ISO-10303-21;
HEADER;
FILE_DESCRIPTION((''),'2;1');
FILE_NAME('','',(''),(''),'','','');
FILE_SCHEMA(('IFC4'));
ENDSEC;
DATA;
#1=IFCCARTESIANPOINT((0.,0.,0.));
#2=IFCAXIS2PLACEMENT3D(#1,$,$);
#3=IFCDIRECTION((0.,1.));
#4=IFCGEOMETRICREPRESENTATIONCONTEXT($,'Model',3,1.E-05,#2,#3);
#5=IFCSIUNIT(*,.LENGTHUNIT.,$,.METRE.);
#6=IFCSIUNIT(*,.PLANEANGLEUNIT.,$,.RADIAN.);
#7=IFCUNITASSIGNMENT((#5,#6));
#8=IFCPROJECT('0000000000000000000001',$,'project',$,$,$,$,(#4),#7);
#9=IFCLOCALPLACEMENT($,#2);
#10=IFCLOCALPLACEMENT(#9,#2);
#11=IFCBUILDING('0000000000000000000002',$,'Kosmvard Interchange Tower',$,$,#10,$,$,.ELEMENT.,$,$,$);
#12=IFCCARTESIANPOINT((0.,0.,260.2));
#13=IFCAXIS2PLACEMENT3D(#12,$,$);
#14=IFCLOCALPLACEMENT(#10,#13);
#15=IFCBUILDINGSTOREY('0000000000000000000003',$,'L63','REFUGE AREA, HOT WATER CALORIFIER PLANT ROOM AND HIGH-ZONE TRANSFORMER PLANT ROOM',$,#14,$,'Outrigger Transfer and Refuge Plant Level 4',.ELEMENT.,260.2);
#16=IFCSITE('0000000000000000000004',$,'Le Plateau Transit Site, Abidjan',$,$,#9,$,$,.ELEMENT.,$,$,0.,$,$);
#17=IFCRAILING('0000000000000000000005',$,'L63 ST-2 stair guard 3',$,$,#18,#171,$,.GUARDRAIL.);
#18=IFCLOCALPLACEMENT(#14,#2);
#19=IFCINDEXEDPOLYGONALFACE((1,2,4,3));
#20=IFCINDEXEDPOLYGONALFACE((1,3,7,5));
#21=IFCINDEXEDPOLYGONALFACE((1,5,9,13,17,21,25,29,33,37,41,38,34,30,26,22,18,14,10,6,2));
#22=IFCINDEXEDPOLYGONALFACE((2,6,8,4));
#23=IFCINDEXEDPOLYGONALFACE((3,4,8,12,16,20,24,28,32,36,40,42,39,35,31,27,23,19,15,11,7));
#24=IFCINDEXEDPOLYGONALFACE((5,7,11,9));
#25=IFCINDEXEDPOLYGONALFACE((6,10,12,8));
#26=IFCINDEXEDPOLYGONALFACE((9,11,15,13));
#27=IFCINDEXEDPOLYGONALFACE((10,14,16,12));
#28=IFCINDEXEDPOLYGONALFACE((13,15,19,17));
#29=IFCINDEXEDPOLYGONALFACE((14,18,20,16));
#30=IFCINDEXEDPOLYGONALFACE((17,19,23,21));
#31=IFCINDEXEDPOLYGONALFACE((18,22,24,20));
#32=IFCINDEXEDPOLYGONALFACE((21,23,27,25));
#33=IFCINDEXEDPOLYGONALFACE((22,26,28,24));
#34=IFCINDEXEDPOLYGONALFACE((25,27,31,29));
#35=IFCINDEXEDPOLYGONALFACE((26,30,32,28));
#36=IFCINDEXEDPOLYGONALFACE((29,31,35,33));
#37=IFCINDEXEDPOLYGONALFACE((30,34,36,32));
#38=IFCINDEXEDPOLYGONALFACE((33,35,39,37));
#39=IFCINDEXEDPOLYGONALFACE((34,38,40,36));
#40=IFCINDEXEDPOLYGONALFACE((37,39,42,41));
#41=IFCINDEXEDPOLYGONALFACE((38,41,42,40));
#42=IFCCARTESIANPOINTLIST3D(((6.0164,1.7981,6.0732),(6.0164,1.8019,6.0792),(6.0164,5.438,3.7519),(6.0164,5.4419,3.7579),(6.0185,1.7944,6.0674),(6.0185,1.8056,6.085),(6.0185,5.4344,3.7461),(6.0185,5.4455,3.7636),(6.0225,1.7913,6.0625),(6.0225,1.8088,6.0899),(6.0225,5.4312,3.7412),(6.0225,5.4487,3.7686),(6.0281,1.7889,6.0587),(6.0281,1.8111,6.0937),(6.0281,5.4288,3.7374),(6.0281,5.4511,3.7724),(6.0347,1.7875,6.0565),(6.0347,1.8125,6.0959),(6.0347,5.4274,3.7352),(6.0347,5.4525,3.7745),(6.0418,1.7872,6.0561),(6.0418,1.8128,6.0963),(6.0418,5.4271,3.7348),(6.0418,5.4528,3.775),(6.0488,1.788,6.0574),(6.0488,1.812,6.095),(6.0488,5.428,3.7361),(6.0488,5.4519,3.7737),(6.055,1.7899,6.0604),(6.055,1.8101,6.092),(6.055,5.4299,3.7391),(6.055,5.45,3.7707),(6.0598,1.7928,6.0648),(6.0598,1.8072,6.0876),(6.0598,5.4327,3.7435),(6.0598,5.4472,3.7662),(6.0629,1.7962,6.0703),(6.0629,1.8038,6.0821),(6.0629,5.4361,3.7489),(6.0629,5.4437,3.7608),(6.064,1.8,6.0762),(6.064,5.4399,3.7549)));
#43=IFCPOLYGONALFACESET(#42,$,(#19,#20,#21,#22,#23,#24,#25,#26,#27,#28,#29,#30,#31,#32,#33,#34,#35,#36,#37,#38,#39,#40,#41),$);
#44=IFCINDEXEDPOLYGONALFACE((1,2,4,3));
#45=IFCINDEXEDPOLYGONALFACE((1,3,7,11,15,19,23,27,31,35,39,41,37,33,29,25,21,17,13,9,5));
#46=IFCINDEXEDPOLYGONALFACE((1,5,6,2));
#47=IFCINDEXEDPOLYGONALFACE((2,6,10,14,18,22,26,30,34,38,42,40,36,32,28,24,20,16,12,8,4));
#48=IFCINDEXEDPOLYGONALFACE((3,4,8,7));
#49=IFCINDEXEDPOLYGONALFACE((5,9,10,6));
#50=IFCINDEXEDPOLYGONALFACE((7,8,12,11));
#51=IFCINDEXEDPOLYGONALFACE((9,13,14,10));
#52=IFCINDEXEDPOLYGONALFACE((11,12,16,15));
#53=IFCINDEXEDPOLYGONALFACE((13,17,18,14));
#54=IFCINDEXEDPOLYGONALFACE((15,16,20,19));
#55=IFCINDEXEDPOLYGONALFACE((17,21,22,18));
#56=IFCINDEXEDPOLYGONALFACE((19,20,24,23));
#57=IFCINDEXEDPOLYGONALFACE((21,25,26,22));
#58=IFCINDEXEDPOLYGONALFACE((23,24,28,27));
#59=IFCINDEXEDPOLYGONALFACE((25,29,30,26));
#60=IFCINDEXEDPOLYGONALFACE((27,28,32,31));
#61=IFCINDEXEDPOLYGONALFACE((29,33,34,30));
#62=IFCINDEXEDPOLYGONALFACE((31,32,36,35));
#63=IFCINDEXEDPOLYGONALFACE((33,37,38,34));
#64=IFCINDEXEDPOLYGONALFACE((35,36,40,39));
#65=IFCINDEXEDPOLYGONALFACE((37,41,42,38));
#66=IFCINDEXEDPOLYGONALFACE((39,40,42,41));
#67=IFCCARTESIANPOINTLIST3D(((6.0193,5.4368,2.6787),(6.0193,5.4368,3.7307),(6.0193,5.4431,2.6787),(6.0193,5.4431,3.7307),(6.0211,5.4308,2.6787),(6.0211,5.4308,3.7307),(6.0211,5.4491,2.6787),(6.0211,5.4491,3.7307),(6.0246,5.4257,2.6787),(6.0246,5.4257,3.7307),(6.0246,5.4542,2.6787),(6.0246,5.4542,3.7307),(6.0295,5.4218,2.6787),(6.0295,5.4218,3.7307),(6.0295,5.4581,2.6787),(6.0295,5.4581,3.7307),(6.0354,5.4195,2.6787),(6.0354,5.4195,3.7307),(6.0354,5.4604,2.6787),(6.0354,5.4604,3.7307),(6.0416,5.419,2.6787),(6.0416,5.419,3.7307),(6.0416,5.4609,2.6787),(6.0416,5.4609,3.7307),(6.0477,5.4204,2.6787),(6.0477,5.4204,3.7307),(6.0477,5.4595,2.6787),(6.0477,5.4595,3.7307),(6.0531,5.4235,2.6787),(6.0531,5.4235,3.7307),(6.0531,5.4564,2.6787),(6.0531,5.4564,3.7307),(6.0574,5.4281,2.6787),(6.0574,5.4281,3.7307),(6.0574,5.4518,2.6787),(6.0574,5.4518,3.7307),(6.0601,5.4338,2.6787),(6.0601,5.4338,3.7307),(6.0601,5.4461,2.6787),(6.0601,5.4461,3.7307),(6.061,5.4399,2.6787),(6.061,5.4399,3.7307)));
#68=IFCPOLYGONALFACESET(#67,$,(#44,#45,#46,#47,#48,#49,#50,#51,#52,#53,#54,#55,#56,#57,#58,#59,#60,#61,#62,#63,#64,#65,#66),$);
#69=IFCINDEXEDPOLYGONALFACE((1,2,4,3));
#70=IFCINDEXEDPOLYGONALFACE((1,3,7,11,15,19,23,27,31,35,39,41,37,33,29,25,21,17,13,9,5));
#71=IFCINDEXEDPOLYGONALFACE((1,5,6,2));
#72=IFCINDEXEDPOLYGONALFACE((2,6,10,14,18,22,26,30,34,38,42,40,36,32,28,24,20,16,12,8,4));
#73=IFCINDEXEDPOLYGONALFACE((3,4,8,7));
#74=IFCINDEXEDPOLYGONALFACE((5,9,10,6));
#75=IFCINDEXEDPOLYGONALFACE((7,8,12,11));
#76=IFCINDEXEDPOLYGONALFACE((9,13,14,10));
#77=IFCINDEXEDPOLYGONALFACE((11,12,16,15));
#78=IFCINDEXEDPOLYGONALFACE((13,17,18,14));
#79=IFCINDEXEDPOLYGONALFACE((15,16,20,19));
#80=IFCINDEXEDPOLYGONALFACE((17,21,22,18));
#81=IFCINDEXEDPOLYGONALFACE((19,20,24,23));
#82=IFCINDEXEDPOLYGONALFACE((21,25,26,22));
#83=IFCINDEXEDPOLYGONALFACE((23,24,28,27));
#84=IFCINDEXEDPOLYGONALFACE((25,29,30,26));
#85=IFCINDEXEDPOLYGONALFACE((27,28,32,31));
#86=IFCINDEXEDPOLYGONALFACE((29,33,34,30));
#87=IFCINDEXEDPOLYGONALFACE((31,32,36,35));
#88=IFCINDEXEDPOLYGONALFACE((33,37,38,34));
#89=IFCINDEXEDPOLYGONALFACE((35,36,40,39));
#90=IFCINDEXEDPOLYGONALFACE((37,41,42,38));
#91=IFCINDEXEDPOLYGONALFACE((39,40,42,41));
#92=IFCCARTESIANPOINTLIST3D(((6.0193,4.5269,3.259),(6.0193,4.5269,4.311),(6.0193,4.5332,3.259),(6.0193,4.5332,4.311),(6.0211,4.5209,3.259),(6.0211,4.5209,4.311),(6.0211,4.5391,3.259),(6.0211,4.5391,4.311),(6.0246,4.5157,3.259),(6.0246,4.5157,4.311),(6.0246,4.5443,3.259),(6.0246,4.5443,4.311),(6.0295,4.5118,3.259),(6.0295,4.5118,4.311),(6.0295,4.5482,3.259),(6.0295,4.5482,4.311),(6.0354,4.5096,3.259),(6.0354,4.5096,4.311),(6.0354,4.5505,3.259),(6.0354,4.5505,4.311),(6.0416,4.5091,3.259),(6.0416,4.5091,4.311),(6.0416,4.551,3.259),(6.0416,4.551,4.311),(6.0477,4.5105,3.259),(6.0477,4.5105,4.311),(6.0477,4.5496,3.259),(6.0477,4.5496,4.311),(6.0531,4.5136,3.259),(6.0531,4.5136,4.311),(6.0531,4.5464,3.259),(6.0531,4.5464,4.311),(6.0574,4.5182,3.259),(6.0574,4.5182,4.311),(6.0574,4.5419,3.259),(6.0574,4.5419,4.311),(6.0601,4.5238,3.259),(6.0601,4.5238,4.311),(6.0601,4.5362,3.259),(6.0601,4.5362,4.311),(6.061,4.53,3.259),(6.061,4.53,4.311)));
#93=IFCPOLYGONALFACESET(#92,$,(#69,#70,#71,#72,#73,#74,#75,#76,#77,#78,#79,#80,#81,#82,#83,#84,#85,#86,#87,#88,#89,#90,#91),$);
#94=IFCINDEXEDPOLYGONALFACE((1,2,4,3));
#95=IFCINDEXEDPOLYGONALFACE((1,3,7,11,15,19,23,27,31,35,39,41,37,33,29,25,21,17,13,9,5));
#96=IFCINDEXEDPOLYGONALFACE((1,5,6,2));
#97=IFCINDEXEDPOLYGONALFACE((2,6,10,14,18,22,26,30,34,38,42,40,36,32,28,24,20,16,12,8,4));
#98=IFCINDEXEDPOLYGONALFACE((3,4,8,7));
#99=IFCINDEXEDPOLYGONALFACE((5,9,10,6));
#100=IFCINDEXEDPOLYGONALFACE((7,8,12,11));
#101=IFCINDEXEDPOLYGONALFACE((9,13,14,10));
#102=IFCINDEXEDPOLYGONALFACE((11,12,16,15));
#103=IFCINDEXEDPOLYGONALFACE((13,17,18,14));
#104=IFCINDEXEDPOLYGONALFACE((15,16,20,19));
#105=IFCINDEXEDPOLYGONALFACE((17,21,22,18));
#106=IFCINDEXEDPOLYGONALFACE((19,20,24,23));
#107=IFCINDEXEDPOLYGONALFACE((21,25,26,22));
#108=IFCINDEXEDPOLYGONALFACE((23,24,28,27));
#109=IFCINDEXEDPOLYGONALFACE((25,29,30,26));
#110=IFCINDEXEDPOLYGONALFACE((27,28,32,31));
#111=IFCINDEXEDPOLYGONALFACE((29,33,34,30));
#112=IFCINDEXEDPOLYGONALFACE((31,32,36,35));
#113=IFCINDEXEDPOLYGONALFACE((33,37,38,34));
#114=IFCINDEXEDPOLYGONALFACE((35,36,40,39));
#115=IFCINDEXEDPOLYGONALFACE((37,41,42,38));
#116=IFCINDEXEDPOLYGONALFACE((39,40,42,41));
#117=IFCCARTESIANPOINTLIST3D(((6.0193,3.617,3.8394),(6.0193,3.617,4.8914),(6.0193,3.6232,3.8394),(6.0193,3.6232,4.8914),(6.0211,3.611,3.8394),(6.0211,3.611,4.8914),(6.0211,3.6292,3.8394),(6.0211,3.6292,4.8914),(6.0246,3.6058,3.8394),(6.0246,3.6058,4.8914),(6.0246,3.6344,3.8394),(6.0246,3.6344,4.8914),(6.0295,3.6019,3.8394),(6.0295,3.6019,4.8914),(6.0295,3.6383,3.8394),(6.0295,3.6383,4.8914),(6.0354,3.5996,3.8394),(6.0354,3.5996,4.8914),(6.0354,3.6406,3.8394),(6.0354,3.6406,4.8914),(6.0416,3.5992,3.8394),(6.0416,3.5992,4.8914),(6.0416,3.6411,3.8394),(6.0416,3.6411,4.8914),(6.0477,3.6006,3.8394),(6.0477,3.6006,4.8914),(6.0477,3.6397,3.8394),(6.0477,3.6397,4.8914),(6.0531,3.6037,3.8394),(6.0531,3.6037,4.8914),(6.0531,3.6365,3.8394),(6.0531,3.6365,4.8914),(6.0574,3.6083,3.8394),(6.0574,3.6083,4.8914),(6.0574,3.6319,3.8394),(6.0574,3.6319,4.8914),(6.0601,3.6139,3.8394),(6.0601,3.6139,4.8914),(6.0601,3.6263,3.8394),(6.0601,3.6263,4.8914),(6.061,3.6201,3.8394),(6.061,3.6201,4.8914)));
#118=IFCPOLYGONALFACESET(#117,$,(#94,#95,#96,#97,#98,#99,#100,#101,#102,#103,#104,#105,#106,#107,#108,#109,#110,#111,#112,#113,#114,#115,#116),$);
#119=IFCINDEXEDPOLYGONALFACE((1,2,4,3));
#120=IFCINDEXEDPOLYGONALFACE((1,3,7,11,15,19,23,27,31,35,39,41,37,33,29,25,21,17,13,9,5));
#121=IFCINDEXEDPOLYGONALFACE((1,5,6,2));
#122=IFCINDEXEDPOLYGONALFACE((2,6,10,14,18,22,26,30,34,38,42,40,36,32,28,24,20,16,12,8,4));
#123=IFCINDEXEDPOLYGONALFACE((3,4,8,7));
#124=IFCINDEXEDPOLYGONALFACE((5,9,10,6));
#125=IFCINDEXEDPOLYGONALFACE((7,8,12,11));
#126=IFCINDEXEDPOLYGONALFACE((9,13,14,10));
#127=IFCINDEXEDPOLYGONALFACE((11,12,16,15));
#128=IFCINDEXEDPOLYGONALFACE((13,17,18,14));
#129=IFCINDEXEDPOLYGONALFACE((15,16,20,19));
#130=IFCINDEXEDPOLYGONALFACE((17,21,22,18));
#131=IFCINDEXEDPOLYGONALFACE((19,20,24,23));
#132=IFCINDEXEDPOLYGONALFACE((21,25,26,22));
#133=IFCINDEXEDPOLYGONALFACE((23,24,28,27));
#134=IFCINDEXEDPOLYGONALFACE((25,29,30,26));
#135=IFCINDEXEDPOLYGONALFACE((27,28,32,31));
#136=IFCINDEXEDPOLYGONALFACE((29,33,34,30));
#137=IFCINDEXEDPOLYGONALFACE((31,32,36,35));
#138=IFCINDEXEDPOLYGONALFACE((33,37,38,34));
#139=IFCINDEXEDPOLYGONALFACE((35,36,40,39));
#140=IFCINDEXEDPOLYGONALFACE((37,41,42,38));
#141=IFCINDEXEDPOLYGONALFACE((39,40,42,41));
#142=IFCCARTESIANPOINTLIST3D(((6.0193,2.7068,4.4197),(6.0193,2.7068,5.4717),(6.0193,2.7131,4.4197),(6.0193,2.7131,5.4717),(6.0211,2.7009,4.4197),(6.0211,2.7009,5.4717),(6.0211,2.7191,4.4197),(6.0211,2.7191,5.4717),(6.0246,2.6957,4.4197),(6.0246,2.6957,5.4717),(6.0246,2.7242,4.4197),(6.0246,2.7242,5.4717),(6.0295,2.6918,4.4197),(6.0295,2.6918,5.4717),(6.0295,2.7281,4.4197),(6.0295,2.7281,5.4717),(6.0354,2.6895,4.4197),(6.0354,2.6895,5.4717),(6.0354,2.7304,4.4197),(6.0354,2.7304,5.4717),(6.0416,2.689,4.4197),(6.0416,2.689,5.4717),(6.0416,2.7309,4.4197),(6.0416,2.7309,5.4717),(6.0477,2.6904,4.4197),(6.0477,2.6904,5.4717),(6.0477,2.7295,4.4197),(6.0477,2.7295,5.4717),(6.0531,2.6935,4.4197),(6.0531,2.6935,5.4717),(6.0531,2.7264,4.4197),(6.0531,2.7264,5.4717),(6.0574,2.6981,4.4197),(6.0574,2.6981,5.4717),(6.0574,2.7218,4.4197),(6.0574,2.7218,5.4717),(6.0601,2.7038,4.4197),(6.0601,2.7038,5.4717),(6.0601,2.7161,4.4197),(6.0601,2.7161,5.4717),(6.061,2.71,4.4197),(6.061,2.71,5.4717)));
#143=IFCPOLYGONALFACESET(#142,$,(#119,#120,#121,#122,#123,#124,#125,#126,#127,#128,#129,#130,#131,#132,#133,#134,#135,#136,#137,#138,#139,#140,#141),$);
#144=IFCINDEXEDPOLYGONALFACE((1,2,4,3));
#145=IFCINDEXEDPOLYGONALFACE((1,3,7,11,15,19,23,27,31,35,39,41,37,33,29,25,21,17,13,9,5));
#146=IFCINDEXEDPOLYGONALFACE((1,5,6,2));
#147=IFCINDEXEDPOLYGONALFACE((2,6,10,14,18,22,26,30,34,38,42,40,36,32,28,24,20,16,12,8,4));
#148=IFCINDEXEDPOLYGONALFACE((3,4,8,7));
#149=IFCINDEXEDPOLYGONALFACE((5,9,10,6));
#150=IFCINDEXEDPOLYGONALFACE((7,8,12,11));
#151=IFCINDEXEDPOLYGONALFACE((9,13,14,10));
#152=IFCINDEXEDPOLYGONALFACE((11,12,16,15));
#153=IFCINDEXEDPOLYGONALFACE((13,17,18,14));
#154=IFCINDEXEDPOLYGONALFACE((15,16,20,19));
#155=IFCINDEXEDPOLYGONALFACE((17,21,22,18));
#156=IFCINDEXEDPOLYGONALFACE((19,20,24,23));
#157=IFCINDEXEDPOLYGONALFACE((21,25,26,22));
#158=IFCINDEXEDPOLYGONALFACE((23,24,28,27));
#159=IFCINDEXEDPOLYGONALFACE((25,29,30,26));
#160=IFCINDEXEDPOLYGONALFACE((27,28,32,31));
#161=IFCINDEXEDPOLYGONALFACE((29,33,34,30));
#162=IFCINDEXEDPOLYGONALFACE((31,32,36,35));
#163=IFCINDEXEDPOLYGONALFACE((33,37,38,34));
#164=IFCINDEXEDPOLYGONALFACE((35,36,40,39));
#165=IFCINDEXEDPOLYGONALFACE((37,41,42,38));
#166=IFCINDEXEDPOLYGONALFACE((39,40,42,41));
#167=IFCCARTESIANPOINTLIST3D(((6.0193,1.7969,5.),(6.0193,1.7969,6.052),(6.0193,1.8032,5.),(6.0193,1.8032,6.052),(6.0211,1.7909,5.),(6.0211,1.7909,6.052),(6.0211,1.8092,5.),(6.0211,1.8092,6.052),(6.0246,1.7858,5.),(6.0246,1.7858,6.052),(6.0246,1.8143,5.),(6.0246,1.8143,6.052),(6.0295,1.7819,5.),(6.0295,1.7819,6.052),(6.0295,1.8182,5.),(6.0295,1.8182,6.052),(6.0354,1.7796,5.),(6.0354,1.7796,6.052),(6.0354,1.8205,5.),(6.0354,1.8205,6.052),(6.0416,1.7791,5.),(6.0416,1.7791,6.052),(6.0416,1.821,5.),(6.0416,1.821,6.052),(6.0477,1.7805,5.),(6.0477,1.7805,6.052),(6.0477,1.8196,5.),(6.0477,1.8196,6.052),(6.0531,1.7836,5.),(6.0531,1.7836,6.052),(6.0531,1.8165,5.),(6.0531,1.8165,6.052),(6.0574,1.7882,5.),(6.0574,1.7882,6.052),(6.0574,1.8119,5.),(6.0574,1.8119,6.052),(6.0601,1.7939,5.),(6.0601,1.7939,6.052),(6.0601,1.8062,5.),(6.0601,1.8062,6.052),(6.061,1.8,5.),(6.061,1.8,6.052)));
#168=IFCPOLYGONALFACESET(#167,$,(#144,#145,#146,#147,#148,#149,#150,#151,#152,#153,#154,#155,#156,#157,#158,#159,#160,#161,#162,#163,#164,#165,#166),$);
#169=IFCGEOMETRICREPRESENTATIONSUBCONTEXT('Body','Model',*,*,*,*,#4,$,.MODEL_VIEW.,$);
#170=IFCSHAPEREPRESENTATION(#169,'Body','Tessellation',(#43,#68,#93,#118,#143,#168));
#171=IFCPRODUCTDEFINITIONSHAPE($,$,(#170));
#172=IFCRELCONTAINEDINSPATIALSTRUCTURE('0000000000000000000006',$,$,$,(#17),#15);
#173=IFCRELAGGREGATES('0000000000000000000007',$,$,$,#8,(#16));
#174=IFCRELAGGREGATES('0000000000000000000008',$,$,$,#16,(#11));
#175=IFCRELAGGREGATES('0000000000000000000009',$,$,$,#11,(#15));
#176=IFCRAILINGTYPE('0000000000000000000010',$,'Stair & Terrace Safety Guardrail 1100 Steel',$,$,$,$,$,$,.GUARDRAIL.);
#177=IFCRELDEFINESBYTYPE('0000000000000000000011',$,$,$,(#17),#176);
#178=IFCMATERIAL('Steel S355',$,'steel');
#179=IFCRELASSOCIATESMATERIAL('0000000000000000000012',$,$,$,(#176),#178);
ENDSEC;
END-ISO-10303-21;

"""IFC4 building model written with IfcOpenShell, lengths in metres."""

from ifc_helpers import new_model, si_unit, direction, frame, origin, origin_2d, place, context, subcontext, project, spatial, circle, extrude, source, transform, mapped, material, type_object, element, save


model = new_model("IFC4")

# Units and contexts
model_context = context("Model", 3, precision=1e-05, world=origin(), true_north=direction((0.0, 1.0)))
body_context = subcontext(model_context, "Body", "Model", "MODEL_VIEW")
ifc_project = project(units=[si_unit("LENGTHUNIT", "METRE"), si_unit("PLANEANGLEUNIT", "RADIAN")], contexts=[model_context])

# Site, building, storey
site_placement = place(None, origin())
site = spatial("IfcSite", under=ifc_project, at=site_placement, Name="Le Plateau Transit Site, Abidjan", CompositionType="ELEMENT", RefElevation=0.0)
building_placement = place(site_placement, origin())
building = spatial("IfcBuilding", under=site, at=building_placement, Name="Kosmvard Interchange Tower", CompositionType="ELEMENT")
storey_placement = place(building_placement, frame((0.0, 0.0, 260.2)))
storey = spatial("IfcBuildingStorey", under=building, at=storey_placement, Name="L63", Description="REFUGE AREA, HOT WATER CALORIFIER PLANT ROOM AND HIGH-ZONE TRANSFORMER PLANT ROOM", LongName="Outrigger Transfer and Refuge Plant Level 4", CompositionType="ELEMENT", Elevation=260.2)

# Shared definitions
ifc_material_1 = material(Name="Steel S355", Category="steel")

# Railing
railing_type_1 = type_object("IfcRailingType", Name="Stair & Terrace Safety Guardrail 1100 Steel", PredefinedType="GUARDRAIL", material=ifc_material_1)
shared_shape_1 = source(origin(), body_context, "Body", "SweptSolid", [
    extrude(circle(Radius=0.0239, at=origin_2d()), frame((0.0, 0.0, 1.0762), z_axis=(0.0, -0.843137, 0.537699), x_axis=(1.0, 0.0, 0.0)), (0.0, 0.0, 1.0), 4.3171),
    extrude(circle(Radius=0.021, at=origin_2d()), origin(), (0.0, 0.0, 1.0), 1.052),
    extrude(circle(Radius=0.021, at=origin_2d()), frame((0.0, -0.9099, 0.5803)), (0.0, 0.0, 1.0), 1.052),
    extrude(circle(Radius=0.021, at=origin_2d()), frame((0.0, -1.8198, 1.1606)), (0.0, 0.0, 1.0), 1.052),
    extrude(circle(Radius=0.021, at=origin_2d()), frame((0.0, -2.73, 1.741)), (0.0, 0.0, 1.0), 1.052),
    extrude(circle(Radius=0.021, at=origin_2d()), frame((0.0, -3.6399, 2.3213)), (0.0, 0.0, 1.0), 1.052),
])
railing_1_placement = place(storey_placement, frame((6.04, 5.4399, 2.6787)))
element("IfcRailing", 1, at=railing_1_placement, inside=storey, type_object=railing_type_1, Name="L63 ST-2 stair guard 3", PredefinedType="GUARDRAIL", context=body_context, shape_type="MappedRepresentation", body=[
    mapped(shared_shape_1, transform((0.0, 0.0, 0.0), scale=1.0)),
])

save(model, "model.ifc")
